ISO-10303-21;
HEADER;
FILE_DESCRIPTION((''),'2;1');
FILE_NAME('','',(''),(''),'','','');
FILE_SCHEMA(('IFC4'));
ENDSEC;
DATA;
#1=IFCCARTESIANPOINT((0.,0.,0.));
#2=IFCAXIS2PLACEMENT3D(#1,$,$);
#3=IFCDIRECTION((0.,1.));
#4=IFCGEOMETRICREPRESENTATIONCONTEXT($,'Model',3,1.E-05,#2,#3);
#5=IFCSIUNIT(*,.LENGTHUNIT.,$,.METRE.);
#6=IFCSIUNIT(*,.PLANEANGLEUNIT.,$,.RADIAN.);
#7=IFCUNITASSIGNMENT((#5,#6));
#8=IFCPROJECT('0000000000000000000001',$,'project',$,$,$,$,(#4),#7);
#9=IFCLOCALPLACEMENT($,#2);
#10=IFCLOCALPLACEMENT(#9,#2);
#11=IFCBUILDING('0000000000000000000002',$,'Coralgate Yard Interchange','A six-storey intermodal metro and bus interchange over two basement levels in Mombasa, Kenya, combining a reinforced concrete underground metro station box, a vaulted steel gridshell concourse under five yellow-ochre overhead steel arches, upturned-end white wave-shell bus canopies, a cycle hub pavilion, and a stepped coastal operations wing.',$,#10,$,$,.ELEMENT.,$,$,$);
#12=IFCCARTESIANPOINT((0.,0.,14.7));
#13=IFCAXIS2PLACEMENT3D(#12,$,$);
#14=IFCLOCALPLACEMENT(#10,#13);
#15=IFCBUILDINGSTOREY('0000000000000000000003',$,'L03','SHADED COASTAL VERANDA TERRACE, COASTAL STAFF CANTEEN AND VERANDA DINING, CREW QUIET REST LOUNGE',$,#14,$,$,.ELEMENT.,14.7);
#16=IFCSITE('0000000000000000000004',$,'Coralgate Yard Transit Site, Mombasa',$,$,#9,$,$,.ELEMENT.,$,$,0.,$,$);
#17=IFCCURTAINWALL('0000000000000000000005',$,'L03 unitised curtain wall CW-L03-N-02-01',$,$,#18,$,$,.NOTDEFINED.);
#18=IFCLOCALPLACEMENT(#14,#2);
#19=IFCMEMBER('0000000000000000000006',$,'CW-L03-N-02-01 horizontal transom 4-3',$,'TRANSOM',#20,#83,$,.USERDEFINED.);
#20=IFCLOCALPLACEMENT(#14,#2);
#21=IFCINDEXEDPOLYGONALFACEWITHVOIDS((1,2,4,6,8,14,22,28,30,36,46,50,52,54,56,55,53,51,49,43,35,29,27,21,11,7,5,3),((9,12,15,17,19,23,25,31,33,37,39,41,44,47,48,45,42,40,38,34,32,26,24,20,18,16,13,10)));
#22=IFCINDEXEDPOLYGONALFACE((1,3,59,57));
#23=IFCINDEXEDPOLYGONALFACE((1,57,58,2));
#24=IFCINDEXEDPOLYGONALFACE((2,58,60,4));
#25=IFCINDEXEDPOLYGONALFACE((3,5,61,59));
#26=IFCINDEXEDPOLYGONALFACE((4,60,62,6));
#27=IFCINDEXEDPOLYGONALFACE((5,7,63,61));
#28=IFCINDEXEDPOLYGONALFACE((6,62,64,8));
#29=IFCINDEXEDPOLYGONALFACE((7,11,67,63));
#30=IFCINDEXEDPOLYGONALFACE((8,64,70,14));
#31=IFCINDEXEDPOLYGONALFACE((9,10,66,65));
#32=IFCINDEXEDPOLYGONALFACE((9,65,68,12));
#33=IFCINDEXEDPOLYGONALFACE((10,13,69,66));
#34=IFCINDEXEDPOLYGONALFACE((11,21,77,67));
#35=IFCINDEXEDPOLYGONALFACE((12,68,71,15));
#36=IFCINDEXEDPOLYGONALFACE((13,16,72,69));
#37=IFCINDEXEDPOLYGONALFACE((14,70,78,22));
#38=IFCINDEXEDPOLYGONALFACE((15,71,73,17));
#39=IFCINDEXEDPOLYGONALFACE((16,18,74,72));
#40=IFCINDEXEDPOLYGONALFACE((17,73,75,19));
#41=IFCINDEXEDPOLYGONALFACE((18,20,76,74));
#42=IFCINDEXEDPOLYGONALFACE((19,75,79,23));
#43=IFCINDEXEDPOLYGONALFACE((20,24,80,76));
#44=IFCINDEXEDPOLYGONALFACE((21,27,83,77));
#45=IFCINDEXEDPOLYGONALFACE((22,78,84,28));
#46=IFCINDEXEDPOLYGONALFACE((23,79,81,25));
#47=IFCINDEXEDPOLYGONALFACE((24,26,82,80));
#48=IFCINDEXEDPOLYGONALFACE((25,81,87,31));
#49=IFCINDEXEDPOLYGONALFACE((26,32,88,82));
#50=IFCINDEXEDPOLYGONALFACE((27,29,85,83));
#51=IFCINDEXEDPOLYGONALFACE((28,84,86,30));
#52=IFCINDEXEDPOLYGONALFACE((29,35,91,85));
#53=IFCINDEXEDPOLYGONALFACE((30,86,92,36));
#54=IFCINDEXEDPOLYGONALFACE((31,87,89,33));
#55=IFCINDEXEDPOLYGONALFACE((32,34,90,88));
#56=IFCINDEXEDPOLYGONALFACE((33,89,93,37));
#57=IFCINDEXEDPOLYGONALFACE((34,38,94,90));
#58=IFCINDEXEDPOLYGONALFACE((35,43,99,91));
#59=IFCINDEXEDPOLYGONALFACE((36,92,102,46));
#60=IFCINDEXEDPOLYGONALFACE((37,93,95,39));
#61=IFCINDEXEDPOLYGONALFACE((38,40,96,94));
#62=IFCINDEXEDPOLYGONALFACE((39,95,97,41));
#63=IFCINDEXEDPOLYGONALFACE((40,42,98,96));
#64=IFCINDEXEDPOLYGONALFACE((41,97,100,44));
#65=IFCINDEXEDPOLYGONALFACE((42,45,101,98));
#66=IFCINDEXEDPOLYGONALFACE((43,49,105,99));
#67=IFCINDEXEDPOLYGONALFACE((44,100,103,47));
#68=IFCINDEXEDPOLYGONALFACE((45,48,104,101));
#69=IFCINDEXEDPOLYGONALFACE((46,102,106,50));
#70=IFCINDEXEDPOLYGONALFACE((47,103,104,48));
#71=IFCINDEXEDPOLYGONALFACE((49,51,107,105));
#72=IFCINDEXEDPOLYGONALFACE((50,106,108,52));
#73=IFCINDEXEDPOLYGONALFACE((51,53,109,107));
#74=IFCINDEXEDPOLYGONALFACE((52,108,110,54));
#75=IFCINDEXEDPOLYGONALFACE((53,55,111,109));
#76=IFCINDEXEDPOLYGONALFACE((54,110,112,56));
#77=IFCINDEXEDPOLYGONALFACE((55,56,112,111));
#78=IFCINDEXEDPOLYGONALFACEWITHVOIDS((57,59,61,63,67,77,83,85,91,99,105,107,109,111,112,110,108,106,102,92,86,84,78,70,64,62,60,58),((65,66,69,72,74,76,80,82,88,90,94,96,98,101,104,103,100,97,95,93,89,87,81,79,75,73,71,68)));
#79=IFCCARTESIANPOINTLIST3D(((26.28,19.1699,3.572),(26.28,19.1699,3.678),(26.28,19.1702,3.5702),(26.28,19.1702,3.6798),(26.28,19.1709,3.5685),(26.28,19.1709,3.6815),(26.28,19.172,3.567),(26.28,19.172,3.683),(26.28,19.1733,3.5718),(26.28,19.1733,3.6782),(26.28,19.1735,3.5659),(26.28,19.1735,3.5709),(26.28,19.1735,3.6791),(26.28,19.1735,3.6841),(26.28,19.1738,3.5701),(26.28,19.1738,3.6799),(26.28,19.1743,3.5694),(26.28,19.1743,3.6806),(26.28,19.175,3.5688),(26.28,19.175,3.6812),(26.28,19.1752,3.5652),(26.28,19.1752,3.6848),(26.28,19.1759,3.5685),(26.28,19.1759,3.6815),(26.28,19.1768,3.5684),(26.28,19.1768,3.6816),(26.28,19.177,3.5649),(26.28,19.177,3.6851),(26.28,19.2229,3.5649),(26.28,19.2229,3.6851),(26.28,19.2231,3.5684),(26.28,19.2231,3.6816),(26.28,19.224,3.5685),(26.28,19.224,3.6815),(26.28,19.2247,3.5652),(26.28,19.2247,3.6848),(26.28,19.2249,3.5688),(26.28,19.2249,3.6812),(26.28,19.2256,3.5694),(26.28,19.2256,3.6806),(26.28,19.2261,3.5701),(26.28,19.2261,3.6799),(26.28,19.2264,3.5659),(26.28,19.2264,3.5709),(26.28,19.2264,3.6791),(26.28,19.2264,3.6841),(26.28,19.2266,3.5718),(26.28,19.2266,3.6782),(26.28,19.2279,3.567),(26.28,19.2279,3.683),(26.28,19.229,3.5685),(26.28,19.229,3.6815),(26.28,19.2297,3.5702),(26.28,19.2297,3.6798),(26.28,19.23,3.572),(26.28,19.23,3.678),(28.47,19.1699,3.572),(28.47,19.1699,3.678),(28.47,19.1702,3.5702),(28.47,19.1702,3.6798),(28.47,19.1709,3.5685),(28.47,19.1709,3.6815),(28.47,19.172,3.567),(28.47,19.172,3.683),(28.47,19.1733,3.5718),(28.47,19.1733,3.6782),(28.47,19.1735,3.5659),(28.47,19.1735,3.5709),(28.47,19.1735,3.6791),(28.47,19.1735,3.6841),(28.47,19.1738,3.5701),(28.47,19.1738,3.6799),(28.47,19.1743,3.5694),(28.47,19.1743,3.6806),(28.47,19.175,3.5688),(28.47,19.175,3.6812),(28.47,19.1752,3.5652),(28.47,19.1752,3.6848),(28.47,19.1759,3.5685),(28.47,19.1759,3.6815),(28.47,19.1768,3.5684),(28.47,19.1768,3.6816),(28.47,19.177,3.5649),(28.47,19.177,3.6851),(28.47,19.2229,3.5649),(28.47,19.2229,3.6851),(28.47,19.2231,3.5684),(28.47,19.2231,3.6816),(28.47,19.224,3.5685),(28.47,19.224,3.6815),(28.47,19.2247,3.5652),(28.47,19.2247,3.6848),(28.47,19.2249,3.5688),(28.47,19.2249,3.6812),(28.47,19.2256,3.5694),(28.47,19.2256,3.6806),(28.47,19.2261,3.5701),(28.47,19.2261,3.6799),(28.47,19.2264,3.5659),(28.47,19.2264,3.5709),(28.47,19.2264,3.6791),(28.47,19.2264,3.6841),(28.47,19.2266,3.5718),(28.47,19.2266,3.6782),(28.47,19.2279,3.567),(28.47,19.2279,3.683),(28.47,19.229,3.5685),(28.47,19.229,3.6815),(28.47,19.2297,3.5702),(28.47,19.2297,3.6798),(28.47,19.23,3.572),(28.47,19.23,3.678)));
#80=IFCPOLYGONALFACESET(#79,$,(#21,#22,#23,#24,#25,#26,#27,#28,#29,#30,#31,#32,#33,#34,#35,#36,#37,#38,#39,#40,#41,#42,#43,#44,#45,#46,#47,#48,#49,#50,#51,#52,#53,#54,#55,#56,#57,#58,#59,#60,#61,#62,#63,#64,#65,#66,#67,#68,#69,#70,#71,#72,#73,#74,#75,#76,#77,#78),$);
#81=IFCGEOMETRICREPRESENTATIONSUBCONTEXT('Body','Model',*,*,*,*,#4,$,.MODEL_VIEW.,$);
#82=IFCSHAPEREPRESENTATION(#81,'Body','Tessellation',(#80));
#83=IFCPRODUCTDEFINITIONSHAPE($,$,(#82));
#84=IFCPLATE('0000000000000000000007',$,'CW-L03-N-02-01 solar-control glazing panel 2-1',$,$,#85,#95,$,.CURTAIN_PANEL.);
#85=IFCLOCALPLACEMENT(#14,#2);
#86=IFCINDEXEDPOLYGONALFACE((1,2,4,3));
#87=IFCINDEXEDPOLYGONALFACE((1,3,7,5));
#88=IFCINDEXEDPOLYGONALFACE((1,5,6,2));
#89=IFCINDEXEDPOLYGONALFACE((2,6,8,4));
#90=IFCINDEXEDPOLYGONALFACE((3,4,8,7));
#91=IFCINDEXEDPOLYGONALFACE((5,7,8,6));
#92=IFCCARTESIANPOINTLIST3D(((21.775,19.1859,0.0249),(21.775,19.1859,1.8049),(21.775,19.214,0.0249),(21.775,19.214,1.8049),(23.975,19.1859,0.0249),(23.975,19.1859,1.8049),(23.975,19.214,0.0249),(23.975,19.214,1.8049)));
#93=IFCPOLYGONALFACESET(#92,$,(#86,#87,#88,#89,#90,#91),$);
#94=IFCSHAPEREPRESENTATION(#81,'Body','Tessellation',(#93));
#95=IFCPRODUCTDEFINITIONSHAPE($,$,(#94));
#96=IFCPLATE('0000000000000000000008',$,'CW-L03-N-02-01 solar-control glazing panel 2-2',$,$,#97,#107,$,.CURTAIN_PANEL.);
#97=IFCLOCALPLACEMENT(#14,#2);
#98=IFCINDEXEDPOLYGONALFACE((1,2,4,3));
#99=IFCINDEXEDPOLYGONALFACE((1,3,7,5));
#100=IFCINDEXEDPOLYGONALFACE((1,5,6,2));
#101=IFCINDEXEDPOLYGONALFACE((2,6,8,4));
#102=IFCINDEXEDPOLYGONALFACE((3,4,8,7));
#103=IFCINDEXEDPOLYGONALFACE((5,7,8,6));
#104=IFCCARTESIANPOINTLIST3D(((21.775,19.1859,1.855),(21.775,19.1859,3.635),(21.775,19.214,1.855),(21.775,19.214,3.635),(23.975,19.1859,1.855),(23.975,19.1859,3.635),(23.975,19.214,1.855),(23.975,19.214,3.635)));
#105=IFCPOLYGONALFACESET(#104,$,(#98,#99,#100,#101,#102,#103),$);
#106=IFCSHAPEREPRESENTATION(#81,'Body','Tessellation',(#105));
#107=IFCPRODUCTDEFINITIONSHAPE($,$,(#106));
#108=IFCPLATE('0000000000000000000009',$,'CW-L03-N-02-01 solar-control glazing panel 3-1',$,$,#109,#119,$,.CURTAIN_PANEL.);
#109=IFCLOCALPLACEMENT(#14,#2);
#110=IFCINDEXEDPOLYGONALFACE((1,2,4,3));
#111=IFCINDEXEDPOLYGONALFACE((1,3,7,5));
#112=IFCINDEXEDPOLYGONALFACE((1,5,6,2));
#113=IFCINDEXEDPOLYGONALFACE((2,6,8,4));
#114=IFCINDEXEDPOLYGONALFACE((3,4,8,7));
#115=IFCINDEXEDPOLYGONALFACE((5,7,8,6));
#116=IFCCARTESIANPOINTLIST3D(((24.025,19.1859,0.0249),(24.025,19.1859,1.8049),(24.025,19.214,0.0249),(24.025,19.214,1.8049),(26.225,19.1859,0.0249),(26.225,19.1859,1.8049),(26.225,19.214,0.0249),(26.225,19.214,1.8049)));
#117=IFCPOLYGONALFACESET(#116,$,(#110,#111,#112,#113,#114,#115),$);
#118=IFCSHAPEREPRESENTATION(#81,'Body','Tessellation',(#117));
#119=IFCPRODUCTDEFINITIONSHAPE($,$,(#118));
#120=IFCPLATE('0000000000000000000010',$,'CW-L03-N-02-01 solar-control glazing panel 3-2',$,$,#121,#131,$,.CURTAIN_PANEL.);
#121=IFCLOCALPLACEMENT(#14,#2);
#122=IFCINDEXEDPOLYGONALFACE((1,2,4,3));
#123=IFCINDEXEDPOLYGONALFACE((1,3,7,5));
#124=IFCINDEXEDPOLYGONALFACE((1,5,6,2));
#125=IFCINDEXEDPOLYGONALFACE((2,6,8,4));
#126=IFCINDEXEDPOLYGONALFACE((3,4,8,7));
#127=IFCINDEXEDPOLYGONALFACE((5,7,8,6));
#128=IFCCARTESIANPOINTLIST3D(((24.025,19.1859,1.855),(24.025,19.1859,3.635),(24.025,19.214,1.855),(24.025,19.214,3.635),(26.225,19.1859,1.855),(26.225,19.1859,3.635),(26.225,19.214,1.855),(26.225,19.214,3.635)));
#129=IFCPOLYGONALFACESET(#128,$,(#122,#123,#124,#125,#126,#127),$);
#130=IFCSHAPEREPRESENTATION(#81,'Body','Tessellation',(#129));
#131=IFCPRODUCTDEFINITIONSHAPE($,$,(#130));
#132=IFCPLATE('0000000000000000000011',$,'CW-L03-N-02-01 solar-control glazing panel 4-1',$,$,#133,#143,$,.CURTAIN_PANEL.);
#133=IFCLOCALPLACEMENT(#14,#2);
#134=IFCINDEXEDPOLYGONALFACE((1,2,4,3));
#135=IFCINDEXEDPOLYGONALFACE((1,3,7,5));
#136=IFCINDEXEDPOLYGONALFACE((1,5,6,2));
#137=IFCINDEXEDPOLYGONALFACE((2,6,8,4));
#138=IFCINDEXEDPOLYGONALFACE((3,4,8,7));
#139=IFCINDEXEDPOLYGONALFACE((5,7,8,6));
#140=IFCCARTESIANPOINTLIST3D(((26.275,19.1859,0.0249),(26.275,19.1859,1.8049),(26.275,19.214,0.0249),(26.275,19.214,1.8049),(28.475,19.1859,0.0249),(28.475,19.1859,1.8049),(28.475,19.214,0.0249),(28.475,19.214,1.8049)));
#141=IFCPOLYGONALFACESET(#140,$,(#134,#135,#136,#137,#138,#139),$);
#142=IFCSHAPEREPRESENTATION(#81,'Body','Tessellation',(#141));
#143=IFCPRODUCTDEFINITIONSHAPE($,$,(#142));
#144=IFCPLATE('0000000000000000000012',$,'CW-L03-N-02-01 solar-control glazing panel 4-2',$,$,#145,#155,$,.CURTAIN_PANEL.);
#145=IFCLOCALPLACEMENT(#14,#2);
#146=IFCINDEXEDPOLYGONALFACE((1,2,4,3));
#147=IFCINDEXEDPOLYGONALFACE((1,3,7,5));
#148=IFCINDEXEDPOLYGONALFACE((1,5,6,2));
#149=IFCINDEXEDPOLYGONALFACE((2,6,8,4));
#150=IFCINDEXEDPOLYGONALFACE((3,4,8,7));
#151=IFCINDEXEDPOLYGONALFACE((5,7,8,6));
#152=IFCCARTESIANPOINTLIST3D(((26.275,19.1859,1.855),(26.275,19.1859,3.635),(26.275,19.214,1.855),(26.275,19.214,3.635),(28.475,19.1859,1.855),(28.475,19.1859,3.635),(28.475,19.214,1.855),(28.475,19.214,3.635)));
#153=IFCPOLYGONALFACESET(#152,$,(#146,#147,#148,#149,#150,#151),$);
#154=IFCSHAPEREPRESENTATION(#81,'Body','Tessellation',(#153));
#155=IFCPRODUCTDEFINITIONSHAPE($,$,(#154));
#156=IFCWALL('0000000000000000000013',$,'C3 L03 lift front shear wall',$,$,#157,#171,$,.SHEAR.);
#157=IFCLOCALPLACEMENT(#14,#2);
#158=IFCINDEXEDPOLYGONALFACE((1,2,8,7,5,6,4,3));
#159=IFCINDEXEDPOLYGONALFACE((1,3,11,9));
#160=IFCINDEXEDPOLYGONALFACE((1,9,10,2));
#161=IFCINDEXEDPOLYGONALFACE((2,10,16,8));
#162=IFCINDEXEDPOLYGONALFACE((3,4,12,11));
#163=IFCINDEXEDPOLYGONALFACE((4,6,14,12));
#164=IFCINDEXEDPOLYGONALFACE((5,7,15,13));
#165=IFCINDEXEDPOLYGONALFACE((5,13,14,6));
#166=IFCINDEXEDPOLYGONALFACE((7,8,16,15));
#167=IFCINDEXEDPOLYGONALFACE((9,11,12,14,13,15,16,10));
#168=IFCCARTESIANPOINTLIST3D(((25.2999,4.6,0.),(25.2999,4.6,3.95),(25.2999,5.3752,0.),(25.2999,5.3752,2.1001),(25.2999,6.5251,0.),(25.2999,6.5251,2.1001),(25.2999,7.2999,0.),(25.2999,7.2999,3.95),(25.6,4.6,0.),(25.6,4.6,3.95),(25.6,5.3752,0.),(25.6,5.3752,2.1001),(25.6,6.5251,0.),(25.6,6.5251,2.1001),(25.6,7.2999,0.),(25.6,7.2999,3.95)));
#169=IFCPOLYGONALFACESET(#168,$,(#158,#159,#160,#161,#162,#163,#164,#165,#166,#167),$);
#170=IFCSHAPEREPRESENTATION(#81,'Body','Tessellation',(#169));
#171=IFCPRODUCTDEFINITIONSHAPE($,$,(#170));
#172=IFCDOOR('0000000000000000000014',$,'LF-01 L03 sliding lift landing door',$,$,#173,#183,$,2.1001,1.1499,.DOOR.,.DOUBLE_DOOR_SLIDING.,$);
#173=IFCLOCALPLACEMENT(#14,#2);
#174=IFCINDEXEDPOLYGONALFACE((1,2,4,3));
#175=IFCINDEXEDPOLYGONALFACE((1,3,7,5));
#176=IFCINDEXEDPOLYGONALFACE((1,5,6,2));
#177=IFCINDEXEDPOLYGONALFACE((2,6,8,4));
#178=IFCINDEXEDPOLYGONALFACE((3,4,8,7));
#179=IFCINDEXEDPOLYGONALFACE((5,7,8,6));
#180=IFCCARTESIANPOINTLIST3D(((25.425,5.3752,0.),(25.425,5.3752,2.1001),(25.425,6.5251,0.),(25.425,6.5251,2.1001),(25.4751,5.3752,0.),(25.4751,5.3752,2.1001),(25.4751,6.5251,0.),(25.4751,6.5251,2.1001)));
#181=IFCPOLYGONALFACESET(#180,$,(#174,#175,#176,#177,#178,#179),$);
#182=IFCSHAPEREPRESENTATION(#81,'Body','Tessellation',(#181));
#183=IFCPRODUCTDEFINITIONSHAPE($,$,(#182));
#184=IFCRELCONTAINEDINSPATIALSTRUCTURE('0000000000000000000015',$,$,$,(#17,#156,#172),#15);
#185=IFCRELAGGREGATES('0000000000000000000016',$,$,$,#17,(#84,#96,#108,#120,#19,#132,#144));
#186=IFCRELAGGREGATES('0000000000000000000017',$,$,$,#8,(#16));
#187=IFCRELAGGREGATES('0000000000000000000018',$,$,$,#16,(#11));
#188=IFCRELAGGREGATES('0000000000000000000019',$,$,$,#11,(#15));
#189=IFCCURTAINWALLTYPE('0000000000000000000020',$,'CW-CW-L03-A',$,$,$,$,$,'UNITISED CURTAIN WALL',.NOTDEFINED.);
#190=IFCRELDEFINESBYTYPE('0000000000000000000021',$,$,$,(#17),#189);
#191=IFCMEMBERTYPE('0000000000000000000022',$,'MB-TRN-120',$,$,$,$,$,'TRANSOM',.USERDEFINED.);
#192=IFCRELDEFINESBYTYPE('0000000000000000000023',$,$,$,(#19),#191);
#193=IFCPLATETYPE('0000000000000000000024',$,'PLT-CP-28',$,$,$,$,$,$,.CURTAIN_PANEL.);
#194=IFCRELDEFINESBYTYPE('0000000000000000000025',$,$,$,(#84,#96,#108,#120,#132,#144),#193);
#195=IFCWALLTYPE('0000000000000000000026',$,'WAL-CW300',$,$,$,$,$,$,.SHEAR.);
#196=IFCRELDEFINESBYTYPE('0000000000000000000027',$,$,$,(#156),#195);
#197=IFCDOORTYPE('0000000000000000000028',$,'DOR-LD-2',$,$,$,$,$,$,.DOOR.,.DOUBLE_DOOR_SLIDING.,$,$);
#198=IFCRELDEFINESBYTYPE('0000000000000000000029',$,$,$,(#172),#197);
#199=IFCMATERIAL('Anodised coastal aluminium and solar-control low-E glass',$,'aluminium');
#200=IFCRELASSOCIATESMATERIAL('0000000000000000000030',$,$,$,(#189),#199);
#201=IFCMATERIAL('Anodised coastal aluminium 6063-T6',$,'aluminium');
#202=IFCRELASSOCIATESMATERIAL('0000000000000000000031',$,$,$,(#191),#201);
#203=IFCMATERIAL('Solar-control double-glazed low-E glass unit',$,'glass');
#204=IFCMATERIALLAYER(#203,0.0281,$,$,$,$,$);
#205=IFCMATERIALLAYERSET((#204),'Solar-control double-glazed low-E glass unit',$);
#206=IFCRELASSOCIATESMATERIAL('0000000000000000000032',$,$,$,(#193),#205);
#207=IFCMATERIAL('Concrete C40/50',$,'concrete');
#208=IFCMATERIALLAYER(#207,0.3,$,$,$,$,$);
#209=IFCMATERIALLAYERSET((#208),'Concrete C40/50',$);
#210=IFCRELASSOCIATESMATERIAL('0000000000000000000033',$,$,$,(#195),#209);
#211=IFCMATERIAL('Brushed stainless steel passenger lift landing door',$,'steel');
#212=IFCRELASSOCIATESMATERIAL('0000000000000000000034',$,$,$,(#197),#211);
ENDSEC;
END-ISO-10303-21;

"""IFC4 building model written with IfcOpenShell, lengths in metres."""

from ifc_helpers import new_model, si_unit, direction, frame, frame_2d, origin, origin_2d, place, context, subcontext, project, spatial, rectangle, hollow_rectangle, extrude, material, layer, layer_set, material_profile, profile_set, type_object, element, fill, aggregate, save


model = new_model("IFC4")

# Units and contexts
model_context = context("Model", 3, precision=1e-05, world=origin(), true_north=direction((0.0, 1.0)))
body_context = subcontext(model_context, "Body", "Model", "MODEL_VIEW")
ifc_project = project(units=[si_unit("LENGTHUNIT", "METRE"), si_unit("PLANEANGLEUNIT", "RADIAN")], contexts=[model_context])

# Site, building, storey
site_placement = place(None, origin())
site = spatial("IfcSite", under=ifc_project, at=site_placement, Name="Coralgate Yard Transit Site, Mombasa", CompositionType="ELEMENT", RefElevation=0.0)
building_placement = place(site_placement, origin())
building = spatial("IfcBuilding", under=site, at=building_placement, Name="Coralgate Yard Interchange", Description="A six-storey intermodal metro and bus interchange over two basement levels in Mombasa, Kenya, combining a reinforced concrete underground metro station box, a vaulted steel gridshell concourse under five yellow-ochre overhead steel arches, upturned-end white wave-shell bus canopies, a cycle hub pavilion, and a stepped coastal operations wing.", CompositionType="ELEMENT")
storey_placement = place(building_placement, frame((0.0, 0.0, 14.7)))
storey = spatial("IfcBuildingStorey", under=building, at=storey_placement, Name="L03", Description="SHADED COASTAL VERANDA TERRACE, COASTAL STAFF CANTEEN AND VERANDA DINING, CREW QUIET REST LOUNGE", CompositionType="ELEMENT", Elevation=14.7)

# Curtain wall, member, plates
ifc_material_1 = material(Name="Anodised coastal aluminium and solar-control low-E glass", Category="aluminium")
curtain_wall_type = type_object("IfcCurtainWallType", Name="CW-CW-L03-A", ElementType="UNITISED CURTAIN WALL", PredefinedType="NOTDEFINED", material=ifc_material_1)
curtain_wall_placement = place(storey_placement, origin())
curtain_wall = element("IfcCurtainWall", 1, at=curtain_wall_placement, inside=storey, type_object=curtain_wall_type, Name="L03 unitised curtain wall CW-L03-N-02-01", PredefinedType="NOTDEFINED")
ifc_material_2 = material(Name="Anodised coastal aluminium 6063-T6", Category="aluminium")
ifc_material_profile_1 = material_profile(ifc_material_2, hollow_rectangle(XDim=0.0601, YDim=0.1201, WallThickness=0.0034, InnerFilletRadius=0.0034, OuterFilletRadius=0.0071, at=origin_2d()), Name="ALU 60x120x3.5")
ifc_profile_set_1 = profile_set([ifc_material_profile_1], Name="Anodised coastal aluminium 6063-T6")
member_type_1 = type_object("IfcMemberType", Name="MB-TRN-120", ElementType="TRANSOM", PredefinedType="USERDEFINED", material=ifc_profile_set_1)
member_1_placement = place(storey_placement, frame((26.28, 19.2, 3.625), z_axis=(1.0, 0.0, 0.0), x_axis=(0.0, 1.0, 0.0)))
member_1 = element("IfcMember", 2, at=member_1_placement, type_object=member_type_1, Name="CW-L03-N-02-01 horizontal transom 4-3", ObjectType="TRANSOM", PredefinedType="USERDEFINED", context=body_context, shape_type="SweptSolid", body=[
    extrude(hollow_rectangle(XDim=0.0601, YDim=0.1201, WallThickness=0.0034, InnerFilletRadius=0.0034, OuterFilletRadius=0.0071, at=origin_2d()), origin(), (0.0, 0.0, 1.0), 2.1899),
])
ifc_material_3 = material(Name="Solar-control double-glazed low-E glass unit", Category="glass")
ifc_layer_1 = layer(ifc_material_3, 0.0281)
ifc_layer_set_1 = layer_set([ifc_layer_1], Name="Solar-control double-glazed low-E glass unit")
plate_type = type_object("IfcPlateType", Name="PLT-CP-28", PredefinedType="CURTAIN_PANEL", material=ifc_layer_set_1)
plate_1_placement = place(storey_placement, frame((22.875, 19.2, 0.0249), z_axis=(0.0, 0.0, 1.0), x_axis=(1.0, 0.0, 0.0)))
plate_1 = element("IfcPlate", 3, at=plate_1_placement, type_object=plate_type, Name="CW-L03-N-02-01 solar-control glazing panel 2-1", PredefinedType="CURTAIN_PANEL", context=body_context, shape_type="SweptSolid", body=[
    extrude(rectangle(XDim=2.2, YDim=0.0281, at=origin_2d()), origin(), (0.0, 0.0, 1.0), 1.78),
])
plate_2_placement = place(storey_placement, frame((22.875, 19.2, 1.855), z_axis=(0.0, 0.0, 1.0), x_axis=(1.0, 0.0, 0.0)))
plate_2 = element("IfcPlate", 4, at=plate_2_placement, type_object=plate_type, Name="CW-L03-N-02-01 solar-control glazing panel 2-2", PredefinedType="CURTAIN_PANEL", context=body_context, shape_type="SweptSolid", body=[
    extrude(rectangle(XDim=2.2, YDim=0.0281, at=origin_2d()), origin(), (0.0, 0.0, 1.0), 1.78),
])
plate_3_placement = place(storey_placement, frame((25.125, 19.2, 0.0249), z_axis=(0.0, 0.0, 1.0), x_axis=(1.0, 0.0, 0.0)))
plate_3 = element("IfcPlate", 5, at=plate_3_placement, type_object=plate_type, Name="CW-L03-N-02-01 solar-control glazing panel 3-1", PredefinedType="CURTAIN_PANEL", context=body_context, shape_type="SweptSolid", body=[
    extrude(rectangle(XDim=2.2, YDim=0.0281, at=origin_2d()), origin(), (0.0, 0.0, 1.0), 1.78),
])
plate_4_placement = place(storey_placement, frame((25.125, 19.2, 1.855), z_axis=(0.0, 0.0, 1.0), x_axis=(1.0, 0.0, 0.0)))
plate_4 = element("IfcPlate", 6, at=plate_4_placement, type_object=plate_type, Name="CW-L03-N-02-01 solar-control glazing panel 3-2", PredefinedType="CURTAIN_PANEL", context=body_context, shape_type="SweptSolid", body=[
    extrude(rectangle(XDim=2.2, YDim=0.0281, at=origin_2d()), origin(), (0.0, 0.0, 1.0), 1.78),
])
plate_5_placement = place(storey_placement, frame((27.375, 19.2, 0.0249), z_axis=(0.0, 0.0, 1.0), x_axis=(1.0, 0.0, 0.0)))
plate_5 = element("IfcPlate", 7, at=plate_5_placement, type_object=plate_type, Name="CW-L03-N-02-01 solar-control glazing panel 4-1", PredefinedType="CURTAIN_PANEL", context=body_context, shape_type="SweptSolid", body=[
    extrude(rectangle(XDim=2.2, YDim=0.0281, at=origin_2d()), origin(), (0.0, 0.0, 1.0), 1.78),
])
plate_6_placement = place(storey_placement, frame((27.375, 19.2, 1.855), z_axis=(0.0, 0.0, 1.0), x_axis=(1.0, 0.0, 0.0)))
plate_6 = element("IfcPlate", 8, at=plate_6_placement, type_object=plate_type, Name="CW-L03-N-02-01 solar-control glazing panel 4-2", PredefinedType="CURTAIN_PANEL", context=body_context, shape_type="SweptSolid", body=[
    extrude(rectangle(XDim=2.2, YDim=0.0281, at=origin_2d()), origin(), (0.0, 0.0, 1.0), 1.78),
])
aggregate(curtain_wall, [plate_1, plate_2, plate_3, plate_4, member_1, plate_5, plate_6])

# Wall, opening, door
ifc_material_4 = material(Name="Concrete C40/50", Category="concrete")
ifc_layer_2 = layer(ifc_material_4, 0.3)
ifc_layer_set_2 = layer_set([ifc_layer_2], Name="Concrete C40/50")
wall_type_1 = type_object("IfcWallType", Name="WAL-CW300", PredefinedType="SHEAR", material=ifc_layer_set_2)
wall_1_placement = place(storey_placement, frame((25.45, 7.3, 0.0), z_axis=(0.0, 0.0, 1.0), x_axis=(0.0, -1.0, 0.0)))
wall_1 = element("IfcWall", 9, at=wall_1_placement, inside=storey, type_object=wall_type_1, Name="C3 L03 lift front shear wall", PredefinedType="SHEAR", context=body_context, shape_type="SweptSolid", body=[
    extrude(rectangle(XDim=2.7, YDim=0.3, at=frame_2d((1.3501, 0.0))), origin(), (0.0, 0.0, 1.0), 3.95),
])
opening_1_placement = place(wall_1_placement, frame((0.7749, 0.0, 0.0)))
opening_1 = element("IfcOpeningElement", 10, at=opening_1_placement, cuts=wall_1, PredefinedType="OPENING", context=body_context, shape_type="SweptSolid", body=[
    extrude(rectangle(XDim=1.1499, YDim=2.1001, at=frame_2d((0.575, 1.05))), frame((0.0, 0.1599, 0.0), z_axis=(0.0, -1.0, 0.0), x_axis=(1.0, 0.0, 0.0)), (0.0, 0.0, 1.0), 0.3201),
])
ifc_material_5 = material(Name="Brushed stainless steel passenger lift landing door", Category="steel")
door_type_1 = type_object("IfcDoorType", Name="DOR-LD-2", OperationType="DOUBLE_DOOR_SLIDING", PredefinedType="DOOR", material=ifc_material_5)
door_1_placement = place(opening_1_placement, frame((1.1499, 0.0, 0.0), z_axis=(0.0, 0.0, 1.0), x_axis=(-1.0, 0.0, 0.0)))
door_1 = element("IfcDoor", 11, at=door_1_placement, inside=storey, type_object=door_type_1, Name="LF-01 L03 sliding lift landing door", OperationType="DOUBLE_DOOR_SLIDING", OverallHeight=2.1001, OverallWidth=1.1499, PredefinedType="DOOR", context=body_context, shape_type="SweptSolid", body=[
    extrude(rectangle(XDim=1.1499, YDim=2.1001, at=frame_2d((0.575, 1.05))), frame((0.0, 0.0249, 0.0), z_axis=(0.0, -1.0, 0.0), x_axis=(1.0, 0.0, 0.0)), (0.0, 0.0, 1.0), 0.05),
])
fill(opening_1, door_1)

save(model, "model.ifc")
